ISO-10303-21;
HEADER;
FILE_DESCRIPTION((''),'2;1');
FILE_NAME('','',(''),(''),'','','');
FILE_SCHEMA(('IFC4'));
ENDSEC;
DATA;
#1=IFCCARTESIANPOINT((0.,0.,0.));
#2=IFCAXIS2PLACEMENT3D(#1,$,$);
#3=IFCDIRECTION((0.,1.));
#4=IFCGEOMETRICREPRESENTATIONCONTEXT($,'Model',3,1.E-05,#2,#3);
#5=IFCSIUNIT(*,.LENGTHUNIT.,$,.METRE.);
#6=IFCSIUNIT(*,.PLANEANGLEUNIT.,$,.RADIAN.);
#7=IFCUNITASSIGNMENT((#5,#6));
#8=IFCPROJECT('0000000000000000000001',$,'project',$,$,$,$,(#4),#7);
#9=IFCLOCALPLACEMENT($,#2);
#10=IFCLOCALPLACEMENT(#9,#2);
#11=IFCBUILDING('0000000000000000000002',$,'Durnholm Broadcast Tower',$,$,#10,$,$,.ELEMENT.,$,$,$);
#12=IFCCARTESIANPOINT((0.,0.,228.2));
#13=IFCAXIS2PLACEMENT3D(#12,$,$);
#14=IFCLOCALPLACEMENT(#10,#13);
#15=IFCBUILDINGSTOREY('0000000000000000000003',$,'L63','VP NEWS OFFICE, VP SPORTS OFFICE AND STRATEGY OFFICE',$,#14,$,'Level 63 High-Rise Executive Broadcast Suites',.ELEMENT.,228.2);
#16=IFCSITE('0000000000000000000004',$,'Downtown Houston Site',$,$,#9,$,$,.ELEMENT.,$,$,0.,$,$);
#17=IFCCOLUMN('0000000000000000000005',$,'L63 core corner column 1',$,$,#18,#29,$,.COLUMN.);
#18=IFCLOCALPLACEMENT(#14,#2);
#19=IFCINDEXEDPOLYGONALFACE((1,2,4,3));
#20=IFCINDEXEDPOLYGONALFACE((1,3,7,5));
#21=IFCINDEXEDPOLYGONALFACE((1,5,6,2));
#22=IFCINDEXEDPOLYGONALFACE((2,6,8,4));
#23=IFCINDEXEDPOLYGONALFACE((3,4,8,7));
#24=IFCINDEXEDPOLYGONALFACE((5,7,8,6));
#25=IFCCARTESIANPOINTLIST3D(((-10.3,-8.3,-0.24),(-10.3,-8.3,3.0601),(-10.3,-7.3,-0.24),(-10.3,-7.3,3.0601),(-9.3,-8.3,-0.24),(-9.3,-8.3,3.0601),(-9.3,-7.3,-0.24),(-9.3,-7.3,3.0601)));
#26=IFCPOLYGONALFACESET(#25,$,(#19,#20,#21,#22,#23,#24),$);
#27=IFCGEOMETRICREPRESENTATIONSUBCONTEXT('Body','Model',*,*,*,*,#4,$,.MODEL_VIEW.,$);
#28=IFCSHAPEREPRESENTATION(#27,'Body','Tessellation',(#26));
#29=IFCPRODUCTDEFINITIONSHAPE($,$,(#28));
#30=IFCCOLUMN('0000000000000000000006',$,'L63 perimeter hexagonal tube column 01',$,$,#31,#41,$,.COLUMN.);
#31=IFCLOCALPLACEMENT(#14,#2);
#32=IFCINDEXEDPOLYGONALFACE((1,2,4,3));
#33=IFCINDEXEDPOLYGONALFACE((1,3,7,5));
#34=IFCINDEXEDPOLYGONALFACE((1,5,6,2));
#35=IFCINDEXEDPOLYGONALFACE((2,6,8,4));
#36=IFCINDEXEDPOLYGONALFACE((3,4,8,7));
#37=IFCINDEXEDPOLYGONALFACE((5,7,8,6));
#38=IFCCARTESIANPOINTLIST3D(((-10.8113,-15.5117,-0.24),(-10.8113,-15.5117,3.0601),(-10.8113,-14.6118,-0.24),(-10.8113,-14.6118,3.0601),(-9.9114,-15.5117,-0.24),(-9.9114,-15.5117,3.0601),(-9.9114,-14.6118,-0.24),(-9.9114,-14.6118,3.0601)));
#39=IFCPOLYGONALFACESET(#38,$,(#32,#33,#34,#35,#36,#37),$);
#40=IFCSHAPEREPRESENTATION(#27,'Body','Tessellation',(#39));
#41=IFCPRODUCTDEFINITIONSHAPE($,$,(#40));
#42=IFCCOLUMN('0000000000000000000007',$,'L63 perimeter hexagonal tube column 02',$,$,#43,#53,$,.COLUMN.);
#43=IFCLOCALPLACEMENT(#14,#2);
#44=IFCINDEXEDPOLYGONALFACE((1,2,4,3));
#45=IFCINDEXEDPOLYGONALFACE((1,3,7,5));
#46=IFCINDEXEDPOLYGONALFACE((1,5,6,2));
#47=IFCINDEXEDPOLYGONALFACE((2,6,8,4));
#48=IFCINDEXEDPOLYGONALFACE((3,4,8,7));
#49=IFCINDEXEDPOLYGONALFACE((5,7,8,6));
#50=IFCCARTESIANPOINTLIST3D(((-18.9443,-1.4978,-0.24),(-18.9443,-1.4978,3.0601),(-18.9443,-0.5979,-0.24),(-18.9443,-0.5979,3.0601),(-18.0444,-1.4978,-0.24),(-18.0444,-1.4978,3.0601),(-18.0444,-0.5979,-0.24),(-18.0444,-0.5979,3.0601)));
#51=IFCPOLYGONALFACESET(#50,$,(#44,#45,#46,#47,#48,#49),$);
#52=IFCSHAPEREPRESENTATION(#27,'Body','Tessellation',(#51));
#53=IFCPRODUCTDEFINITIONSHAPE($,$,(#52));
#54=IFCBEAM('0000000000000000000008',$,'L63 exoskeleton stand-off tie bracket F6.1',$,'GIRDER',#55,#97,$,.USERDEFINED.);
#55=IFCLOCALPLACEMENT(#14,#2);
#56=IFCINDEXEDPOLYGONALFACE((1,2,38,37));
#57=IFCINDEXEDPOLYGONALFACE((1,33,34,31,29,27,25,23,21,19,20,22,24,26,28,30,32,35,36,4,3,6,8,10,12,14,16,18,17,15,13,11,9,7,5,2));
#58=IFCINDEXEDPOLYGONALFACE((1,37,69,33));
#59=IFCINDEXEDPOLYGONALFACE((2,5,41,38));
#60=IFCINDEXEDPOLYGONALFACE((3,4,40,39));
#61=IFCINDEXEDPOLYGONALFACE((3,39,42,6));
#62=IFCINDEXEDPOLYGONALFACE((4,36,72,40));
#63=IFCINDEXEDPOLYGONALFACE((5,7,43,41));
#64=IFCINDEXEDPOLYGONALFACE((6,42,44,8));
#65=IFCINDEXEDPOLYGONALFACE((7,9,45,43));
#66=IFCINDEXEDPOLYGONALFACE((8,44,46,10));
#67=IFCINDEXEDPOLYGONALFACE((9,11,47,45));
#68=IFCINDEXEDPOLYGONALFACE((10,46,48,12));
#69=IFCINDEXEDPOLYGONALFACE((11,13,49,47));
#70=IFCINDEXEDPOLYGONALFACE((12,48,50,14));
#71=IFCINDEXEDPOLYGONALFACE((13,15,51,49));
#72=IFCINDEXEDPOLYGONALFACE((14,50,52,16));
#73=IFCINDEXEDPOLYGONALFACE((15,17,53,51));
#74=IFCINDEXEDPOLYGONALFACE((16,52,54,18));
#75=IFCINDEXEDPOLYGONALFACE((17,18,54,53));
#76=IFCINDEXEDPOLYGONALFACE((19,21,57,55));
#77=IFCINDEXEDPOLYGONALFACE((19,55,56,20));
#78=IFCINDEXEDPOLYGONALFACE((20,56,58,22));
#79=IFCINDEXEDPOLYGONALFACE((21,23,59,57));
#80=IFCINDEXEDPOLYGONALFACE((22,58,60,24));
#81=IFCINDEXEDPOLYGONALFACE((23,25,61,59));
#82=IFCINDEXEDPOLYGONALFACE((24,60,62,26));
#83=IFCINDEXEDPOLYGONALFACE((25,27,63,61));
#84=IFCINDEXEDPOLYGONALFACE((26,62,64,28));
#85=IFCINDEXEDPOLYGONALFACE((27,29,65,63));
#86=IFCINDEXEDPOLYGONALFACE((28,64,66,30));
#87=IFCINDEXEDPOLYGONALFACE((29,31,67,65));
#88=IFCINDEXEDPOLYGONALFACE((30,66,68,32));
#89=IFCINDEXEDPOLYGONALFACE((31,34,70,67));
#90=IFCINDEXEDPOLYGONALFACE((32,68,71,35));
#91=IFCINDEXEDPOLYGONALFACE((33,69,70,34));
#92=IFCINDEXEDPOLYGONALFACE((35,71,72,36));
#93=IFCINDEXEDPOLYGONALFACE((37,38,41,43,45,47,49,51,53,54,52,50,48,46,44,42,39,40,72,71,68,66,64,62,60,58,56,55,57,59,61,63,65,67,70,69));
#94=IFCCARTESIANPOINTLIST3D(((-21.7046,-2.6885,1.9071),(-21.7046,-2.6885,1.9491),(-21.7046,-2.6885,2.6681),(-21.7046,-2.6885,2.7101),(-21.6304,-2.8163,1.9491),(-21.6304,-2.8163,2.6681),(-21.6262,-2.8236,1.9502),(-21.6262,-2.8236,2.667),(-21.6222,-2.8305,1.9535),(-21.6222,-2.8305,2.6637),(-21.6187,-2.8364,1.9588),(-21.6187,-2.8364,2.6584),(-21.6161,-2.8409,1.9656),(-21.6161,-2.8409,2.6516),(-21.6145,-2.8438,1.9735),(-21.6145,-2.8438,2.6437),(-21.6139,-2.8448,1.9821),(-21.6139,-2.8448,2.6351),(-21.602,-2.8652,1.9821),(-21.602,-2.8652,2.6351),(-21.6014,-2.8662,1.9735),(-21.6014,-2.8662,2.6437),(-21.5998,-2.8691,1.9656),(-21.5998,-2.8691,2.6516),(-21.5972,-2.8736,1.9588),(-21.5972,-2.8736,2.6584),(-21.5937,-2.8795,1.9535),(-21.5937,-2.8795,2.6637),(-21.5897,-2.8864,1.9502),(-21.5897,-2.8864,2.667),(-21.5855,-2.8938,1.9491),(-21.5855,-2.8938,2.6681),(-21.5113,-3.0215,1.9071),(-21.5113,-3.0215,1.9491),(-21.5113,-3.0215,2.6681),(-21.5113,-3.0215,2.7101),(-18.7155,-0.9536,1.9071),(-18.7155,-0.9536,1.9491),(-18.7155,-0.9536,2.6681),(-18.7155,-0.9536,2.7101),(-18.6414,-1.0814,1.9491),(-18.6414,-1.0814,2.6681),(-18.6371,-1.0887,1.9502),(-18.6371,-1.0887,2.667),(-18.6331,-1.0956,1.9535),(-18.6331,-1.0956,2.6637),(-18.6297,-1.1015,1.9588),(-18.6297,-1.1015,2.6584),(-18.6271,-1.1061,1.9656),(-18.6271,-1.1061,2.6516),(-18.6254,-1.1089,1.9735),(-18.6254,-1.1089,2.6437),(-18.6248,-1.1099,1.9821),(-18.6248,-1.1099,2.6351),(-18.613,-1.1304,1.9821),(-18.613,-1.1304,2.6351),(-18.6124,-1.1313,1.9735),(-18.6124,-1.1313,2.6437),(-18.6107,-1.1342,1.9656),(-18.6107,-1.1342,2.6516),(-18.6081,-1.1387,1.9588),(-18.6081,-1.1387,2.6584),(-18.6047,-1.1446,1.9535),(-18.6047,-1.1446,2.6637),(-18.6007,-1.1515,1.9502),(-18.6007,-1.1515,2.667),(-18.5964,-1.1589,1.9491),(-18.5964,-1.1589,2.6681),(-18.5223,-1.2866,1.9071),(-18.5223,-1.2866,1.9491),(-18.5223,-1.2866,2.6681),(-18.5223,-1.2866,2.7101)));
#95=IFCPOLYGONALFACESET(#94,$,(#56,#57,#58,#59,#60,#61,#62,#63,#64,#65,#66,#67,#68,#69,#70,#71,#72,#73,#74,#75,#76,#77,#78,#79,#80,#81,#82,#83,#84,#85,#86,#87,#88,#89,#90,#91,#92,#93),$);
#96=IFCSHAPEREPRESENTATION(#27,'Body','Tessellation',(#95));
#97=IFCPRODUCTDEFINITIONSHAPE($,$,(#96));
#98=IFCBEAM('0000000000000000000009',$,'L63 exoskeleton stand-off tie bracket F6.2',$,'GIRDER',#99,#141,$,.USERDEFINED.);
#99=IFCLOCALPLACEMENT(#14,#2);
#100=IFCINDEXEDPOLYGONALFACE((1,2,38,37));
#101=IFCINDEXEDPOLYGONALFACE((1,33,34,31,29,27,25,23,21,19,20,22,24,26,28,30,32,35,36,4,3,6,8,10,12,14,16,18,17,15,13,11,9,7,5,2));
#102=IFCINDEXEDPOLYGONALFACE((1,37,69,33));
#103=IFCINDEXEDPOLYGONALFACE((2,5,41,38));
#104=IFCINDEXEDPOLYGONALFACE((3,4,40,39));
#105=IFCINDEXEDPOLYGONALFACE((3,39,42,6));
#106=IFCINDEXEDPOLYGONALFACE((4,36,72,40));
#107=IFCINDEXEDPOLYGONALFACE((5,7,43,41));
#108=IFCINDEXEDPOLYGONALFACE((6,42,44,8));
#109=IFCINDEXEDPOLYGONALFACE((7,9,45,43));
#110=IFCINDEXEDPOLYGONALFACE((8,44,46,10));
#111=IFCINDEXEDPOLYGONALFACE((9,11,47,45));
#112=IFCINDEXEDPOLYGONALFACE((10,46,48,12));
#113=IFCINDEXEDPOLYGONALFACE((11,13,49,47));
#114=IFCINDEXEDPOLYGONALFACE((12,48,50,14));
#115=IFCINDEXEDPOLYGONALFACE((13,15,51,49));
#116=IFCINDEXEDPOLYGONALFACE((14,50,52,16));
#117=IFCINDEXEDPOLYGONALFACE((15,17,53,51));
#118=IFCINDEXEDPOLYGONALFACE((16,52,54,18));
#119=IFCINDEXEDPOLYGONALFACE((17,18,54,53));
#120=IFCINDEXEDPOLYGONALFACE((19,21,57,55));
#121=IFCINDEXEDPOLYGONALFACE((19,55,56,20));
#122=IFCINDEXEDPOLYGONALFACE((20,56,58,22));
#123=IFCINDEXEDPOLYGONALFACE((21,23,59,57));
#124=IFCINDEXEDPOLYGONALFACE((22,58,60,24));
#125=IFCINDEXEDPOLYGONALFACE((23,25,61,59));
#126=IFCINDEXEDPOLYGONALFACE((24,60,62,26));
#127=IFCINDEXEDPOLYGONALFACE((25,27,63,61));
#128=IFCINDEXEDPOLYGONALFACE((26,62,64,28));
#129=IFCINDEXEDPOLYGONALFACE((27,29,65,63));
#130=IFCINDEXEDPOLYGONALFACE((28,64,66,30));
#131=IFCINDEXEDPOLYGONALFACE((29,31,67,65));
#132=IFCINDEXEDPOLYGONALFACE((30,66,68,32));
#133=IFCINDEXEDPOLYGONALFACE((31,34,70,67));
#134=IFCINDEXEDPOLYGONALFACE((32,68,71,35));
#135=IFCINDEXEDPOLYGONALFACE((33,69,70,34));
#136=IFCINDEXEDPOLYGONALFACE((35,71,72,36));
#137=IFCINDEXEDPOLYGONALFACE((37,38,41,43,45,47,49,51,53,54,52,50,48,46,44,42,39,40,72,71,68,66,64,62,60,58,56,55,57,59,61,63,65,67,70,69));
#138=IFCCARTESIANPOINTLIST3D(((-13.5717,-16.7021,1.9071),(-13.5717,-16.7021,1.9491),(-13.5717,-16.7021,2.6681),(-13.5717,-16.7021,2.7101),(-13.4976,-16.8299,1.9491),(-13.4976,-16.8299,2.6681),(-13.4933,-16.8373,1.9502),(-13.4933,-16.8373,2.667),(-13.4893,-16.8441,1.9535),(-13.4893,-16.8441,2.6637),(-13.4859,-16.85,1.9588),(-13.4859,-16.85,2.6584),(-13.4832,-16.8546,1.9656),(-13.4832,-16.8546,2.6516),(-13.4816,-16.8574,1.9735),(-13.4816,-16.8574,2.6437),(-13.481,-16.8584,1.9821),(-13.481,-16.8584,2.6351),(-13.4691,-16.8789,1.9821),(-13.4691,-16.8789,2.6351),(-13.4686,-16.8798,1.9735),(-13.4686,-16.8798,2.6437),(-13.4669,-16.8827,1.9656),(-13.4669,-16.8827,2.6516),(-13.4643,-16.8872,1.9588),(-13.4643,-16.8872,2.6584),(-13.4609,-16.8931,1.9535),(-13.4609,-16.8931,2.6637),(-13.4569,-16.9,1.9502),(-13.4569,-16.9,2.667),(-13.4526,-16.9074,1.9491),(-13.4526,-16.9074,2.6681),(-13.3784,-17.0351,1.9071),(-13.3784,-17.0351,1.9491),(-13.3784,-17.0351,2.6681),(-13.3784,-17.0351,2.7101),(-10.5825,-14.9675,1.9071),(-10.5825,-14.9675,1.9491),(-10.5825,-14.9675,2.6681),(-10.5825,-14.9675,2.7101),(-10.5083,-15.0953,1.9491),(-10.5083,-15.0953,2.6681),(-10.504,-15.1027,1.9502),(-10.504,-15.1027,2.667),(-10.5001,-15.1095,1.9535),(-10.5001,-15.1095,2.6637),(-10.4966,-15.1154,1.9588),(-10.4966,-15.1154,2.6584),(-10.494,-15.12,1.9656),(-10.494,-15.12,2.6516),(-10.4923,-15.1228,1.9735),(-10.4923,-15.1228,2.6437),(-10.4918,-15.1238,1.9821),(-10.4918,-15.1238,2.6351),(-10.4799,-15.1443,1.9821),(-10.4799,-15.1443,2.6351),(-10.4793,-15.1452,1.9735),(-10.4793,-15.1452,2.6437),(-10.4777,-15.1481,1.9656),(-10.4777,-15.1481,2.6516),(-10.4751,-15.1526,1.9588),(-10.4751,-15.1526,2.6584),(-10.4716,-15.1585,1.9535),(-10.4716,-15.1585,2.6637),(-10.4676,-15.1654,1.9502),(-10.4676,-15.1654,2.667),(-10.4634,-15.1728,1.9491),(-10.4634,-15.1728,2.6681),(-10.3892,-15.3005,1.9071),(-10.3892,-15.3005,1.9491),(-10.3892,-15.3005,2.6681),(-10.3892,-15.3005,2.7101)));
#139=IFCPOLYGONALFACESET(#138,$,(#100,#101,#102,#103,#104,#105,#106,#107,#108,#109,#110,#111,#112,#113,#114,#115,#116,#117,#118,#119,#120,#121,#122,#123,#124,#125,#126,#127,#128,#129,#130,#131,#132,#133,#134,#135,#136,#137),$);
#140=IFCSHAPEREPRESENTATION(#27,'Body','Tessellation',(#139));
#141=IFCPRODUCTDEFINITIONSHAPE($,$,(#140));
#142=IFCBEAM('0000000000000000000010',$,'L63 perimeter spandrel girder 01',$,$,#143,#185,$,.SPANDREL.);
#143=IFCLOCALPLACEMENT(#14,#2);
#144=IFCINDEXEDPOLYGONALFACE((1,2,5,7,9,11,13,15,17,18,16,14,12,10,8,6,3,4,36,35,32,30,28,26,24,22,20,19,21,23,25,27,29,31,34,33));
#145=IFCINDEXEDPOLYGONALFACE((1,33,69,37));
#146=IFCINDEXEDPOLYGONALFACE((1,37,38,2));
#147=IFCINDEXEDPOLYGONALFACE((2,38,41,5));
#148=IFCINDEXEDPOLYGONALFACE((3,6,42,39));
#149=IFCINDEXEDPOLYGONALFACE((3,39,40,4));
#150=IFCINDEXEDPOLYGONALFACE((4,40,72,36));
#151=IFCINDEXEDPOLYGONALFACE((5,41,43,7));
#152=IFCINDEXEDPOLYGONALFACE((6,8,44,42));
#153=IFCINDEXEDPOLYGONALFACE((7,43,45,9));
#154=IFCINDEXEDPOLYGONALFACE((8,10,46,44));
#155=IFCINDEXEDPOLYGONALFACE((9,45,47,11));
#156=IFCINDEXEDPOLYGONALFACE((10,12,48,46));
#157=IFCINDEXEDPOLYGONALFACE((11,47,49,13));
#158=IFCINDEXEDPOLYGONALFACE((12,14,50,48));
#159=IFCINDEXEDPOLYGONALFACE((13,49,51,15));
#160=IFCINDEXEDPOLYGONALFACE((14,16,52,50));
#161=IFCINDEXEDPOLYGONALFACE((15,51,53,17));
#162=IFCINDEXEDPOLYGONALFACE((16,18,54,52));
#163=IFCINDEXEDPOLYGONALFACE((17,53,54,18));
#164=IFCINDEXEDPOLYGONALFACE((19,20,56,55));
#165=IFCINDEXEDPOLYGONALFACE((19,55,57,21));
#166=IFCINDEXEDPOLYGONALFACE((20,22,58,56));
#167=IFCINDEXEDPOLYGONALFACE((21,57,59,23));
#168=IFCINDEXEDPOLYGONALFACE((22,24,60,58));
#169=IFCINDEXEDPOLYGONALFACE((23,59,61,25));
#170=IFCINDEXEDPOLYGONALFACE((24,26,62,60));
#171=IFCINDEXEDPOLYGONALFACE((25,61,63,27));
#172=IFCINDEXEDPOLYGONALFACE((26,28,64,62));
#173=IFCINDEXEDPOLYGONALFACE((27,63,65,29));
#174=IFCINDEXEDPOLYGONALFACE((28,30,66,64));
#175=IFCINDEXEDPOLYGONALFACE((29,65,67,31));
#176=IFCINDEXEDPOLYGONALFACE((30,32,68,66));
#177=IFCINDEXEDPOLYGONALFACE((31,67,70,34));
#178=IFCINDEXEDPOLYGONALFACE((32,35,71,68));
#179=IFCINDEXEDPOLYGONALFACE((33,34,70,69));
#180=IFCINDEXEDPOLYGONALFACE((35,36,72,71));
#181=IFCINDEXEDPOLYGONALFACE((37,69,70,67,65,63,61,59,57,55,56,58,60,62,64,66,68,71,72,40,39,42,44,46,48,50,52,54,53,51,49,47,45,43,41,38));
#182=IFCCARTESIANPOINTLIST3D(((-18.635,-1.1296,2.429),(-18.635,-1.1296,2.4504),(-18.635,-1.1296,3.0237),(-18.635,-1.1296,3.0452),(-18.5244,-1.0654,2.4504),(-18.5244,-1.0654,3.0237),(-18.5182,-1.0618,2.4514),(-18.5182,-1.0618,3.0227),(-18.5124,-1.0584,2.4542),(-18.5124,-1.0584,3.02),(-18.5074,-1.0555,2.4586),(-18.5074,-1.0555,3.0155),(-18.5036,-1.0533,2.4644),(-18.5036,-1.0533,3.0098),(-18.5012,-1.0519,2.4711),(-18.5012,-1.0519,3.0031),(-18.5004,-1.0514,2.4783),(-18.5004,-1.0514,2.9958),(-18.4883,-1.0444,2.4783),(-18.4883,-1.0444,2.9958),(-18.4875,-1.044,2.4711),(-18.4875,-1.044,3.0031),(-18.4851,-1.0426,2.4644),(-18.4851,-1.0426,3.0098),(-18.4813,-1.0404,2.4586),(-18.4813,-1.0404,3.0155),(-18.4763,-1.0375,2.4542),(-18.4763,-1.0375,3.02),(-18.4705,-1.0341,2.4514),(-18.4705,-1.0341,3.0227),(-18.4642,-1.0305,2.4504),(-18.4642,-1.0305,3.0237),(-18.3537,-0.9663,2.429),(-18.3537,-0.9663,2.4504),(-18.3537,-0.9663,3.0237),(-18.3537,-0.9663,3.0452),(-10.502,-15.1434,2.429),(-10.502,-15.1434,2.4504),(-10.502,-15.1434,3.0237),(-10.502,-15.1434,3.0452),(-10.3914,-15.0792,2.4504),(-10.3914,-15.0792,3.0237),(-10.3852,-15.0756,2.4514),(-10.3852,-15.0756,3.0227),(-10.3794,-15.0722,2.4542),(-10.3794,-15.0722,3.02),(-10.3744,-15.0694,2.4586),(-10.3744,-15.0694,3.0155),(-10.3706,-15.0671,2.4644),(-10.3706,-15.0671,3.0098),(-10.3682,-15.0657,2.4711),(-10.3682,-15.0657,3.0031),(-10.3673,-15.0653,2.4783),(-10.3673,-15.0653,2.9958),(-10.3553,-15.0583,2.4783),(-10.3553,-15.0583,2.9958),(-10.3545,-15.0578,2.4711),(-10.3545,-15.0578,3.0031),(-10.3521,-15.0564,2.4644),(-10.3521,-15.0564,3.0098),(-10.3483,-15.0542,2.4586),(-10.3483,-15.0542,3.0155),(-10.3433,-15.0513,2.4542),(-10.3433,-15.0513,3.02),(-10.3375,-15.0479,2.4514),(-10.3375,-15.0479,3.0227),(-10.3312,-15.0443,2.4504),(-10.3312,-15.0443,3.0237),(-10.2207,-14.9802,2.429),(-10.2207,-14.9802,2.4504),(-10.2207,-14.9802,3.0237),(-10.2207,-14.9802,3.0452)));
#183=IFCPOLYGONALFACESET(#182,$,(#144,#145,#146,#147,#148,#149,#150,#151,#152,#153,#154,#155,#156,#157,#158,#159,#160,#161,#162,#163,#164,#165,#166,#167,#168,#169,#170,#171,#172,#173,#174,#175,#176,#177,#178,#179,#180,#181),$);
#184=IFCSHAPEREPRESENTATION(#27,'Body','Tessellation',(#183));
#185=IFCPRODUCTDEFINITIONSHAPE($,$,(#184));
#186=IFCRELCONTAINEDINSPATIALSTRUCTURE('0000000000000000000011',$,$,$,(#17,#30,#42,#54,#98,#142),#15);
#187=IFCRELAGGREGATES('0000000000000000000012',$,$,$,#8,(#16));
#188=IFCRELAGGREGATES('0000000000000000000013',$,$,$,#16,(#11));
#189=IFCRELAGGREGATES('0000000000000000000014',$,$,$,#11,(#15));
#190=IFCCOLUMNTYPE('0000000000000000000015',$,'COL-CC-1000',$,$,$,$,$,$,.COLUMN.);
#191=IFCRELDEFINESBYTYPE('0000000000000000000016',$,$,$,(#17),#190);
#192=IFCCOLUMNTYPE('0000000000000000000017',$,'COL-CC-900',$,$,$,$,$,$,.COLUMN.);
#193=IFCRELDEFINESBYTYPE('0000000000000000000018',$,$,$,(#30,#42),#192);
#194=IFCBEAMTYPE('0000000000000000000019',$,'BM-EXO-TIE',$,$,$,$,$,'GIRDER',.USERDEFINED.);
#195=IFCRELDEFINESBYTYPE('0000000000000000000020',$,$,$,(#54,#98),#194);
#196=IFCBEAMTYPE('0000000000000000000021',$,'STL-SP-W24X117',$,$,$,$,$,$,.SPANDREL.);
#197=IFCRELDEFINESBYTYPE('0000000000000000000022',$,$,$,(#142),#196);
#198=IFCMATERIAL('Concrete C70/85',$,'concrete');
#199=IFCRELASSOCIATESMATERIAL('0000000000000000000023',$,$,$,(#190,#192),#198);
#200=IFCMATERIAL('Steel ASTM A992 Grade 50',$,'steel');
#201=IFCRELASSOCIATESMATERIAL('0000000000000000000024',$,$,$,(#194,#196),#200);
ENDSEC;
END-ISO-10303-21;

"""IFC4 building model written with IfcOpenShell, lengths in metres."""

from ifc_helpers import new_model, si_unit, direction, frame, origin, origin_2d, place, context, subcontext, project, spatial, rectangle, i_section, extrude, source, transform, mapped, material, material_profile, profile_set, type_object, type_shapes, element, save


model = new_model("IFC4")

# Units and contexts
model_context = context("Model", 3, precision=1e-05, world=origin(), true_north=direction((0.0, 1.0)))
body_context = subcontext(model_context, "Body", "Model", "MODEL_VIEW")
ifc_project = project(units=[si_unit("LENGTHUNIT", "METRE"), si_unit("PLANEANGLEUNIT", "RADIAN")], contexts=[model_context])

# Site, building, storey
site_placement = place(None, origin())
site = spatial("IfcSite", under=ifc_project, at=site_placement, Name="Downtown Houston Site", CompositionType="ELEMENT", RefElevation=0.0)
building_placement = place(site_placement, origin())
building = spatial("IfcBuilding", under=site, at=building_placement, Name="Durnholm Broadcast Tower", CompositionType="ELEMENT")
storey_placement = place(building_placement, frame((0.0, 0.0, 228.2)))
storey = spatial("IfcBuildingStorey", under=building, at=storey_placement, Name="L63", Description="VP NEWS OFFICE, VP SPORTS OFFICE AND STRATEGY OFFICE", LongName="Level 63 High-Rise Executive Broadcast Suites", CompositionType="ELEMENT", Elevation=228.2)

# Columns
ifc_material_1 = material(Name="Concrete C70/85", Category="concrete")
ifc_material_profile_1 = material_profile(ifc_material_1, rectangle(XDim=1.0, YDim=1.0, at=origin_2d()), Name="RC1000X1000")
ifc_profile_set_1 = profile_set([ifc_material_profile_1], Name="Concrete C70/85")
column_type_1 = type_object("IfcColumnType", Name="COL-CC-1000", PredefinedType="COLUMN", material=ifc_profile_set_1)
shared_shape_1 = source(origin(), body_context, "Body", "SweptSolid", [
    extrude(rectangle(XDim=1.0, YDim=1.0, at=origin_2d()), origin(), (0.0, 0.0, 1.0), 3.3),
])
type_shapes(column_type_1, [shared_shape_1])
column_placement = place(storey_placement, frame((-9.8, -7.8, -0.24), z_axis=(0.0, 0.0, 1.0), x_axis=(1.0, 0.0, 0.0)))
element("IfcColumn", 1, at=column_placement, inside=storey, type_object=column_type_1, Name="L63 core corner column 1", PredefinedType="COLUMN", context=body_context, shape_type="MappedRepresentation", body=[
    mapped(shared_shape_1, transform((0.0, 0.0, 0.0), x_axis=(1.0, 0.0, 0.0), y_axis=(0.0, 1.0, 0.0), z_axis=(0.0, 0.0, 1.0), scale=1.0)),
])
ifc_material_profile_2 = material_profile(ifc_material_1, rectangle(XDim=0.8999, YDim=0.8999, at=origin_2d()), Name="RC900X900")
ifc_profile_set_2 = profile_set([ifc_material_profile_2], Name="Concrete C70/85")
column_type_2 = type_object("IfcColumnType", Name="COL-CC-900", PredefinedType="COLUMN", material=ifc_profile_set_2)
shared_shape_2 = source(origin(), body_context, "Body", "SweptSolid", [
    extrude(rectangle(XDim=0.8999, YDim=0.8999, at=origin_2d()), origin(), (0.0, 0.0, 1.0), 3.3),
])
type_shapes(column_type_2, [shared_shape_2])
for number, where, z_axis, x_axis, name in (
    (2, (-10.3613, -15.0618, -0.24), (0.0, 0.0, 1.0), (1.0, 0.0, 0.0), "L63 perimeter hexagonal tube column 01"),
    (3, (-18.4944, -1.0479, -0.24), (0.0, 0.0, 1.0), (1.0, 0.0, 0.0), "L63 perimeter hexagonal tube column 02"),
):
    element("IfcColumn", number, at=place(storey_placement, frame(where, z_axis=z_axis, x_axis=x_axis)), inside=storey, type_object=column_type_2, Name=name, PredefinedType="COLUMN", context=body_context, shape_type="MappedRepresentation", body=[
        mapped(shared_shape_2, transform((0.0, 0.0, 0.0), x_axis=(1.0, 0.0, 0.0), y_axis=(0.0, 1.0, 0.0), z_axis=(0.0, 0.0, 1.0), scale=1.0)),
    ])

# Beams
ifc_material_2 = material(Name="Steel ASTM A992 Grade 50", Category="steel")
ifc_material_profile_3 = material_profile(ifc_material_2, i_section(OverallWidth=0.385, OverallDepth=0.803, WebThickness=0.0237, FlangeThickness=0.042, FilletRadius=0.033, at=origin_2d()), Name="W30X261")
ifc_profile_set_3 = profile_set([ifc_material_profile_3], Name="Steel ASTM A992 Grade 50")
beam_type_1 = type_object("IfcBeamType", Name="BM-EXO-TIE", ElementType="GIRDER", PredefinedType="USERDEFINED", material=ifc_profile_set_3)
shared_shape_3 = source(origin(), body_context, "Body", "SweptSolid", [
    extrude(i_section(OverallWidth=0.385, OverallDepth=0.803, WebThickness=0.0237, FlangeThickness=0.042, FilletRadius=0.033, at=origin_2d()), origin(), (0.0, 0.0, 1.0), 3.4561),
])
for number, where, z_axis, x_axis, name in (
    (4, (-18.6189, -1.1201, 2.3086), (-0.864876, -0.501986, 0.0), (0.501986, -0.864876, 0.0), "L63 exoskeleton stand-off tie bracket F6.1"),
    (5, (-10.4858, -15.134, 2.3086), (-0.864924, -0.501902, 0.0), (0.501902, -0.864924, 0.0), "L63 exoskeleton stand-off tie bracket F6.2"),
):
    element("IfcBeam", number, at=place(storey_placement, frame(where, z_axis=z_axis, x_axis=x_axis)), inside=storey, type_object=beam_type_1, Name=name, ObjectType="GIRDER", PredefinedType="USERDEFINED", context=body_context, shape_type="MappedRepresentation", body=[
        mapped(shared_shape_3, transform((0.0, 0.0, 0.0), x_axis=(1.0, 0.0, 0.0), y_axis=(0.0, 1.0, 0.0), z_axis=(0.0, 0.0, 1.0), scale=1.0)),
    ])
ifc_material_profile_4 = material_profile(ifc_material_2, i_section(OverallWidth=0.3252, OverallDepth=0.6162, WebThickness=0.0139, FlangeThickness=0.0215, FilletRadius=0.0278, at=origin_2d()), Name="W24X117")
ifc_profile_set_4 = profile_set([ifc_material_profile_4], Name="Steel ASTM A992 Grade 50")
beam_type_2 = type_object("IfcBeamType", Name="STL-SP-W24X117", PredefinedType="SPANDREL", material=ifc_profile_set_4)
shared_shape_4 = source(origin(), body_context, "Body", "SweptSolid", [
    extrude(i_section(OverallWidth=0.3252, OverallDepth=0.6162, WebThickness=0.0139, FlangeThickness=0.0215, FilletRadius=0.0278, at=origin_2d()), origin(), (0.0, 0.0, 1.0), 16.2029),
])
beam_1_placement = place(storey_placement, frame((-10.3613, -15.0618, 2.7371), z_axis=(-0.501948, 0.864898, 0.0), x_axis=(-0.864898, -0.501948, 0.0)))
element("IfcBeam", 6, at=beam_1_placement, inside=storey, type_object=beam_type_2, Name="L63 perimeter spandrel girder 01", PredefinedType="SPANDREL", context=body_context, shape_type="MappedRepresentation", body=[
    mapped(shared_shape_4, transform((0.0, 0.0, 0.0), x_axis=(1.0, 0.0, 0.0), y_axis=(0.0, 1.0, 0.0), z_axis=(0.0, 0.0, 1.0), scale=1.0)),
])

save(model, "model.ifc")
